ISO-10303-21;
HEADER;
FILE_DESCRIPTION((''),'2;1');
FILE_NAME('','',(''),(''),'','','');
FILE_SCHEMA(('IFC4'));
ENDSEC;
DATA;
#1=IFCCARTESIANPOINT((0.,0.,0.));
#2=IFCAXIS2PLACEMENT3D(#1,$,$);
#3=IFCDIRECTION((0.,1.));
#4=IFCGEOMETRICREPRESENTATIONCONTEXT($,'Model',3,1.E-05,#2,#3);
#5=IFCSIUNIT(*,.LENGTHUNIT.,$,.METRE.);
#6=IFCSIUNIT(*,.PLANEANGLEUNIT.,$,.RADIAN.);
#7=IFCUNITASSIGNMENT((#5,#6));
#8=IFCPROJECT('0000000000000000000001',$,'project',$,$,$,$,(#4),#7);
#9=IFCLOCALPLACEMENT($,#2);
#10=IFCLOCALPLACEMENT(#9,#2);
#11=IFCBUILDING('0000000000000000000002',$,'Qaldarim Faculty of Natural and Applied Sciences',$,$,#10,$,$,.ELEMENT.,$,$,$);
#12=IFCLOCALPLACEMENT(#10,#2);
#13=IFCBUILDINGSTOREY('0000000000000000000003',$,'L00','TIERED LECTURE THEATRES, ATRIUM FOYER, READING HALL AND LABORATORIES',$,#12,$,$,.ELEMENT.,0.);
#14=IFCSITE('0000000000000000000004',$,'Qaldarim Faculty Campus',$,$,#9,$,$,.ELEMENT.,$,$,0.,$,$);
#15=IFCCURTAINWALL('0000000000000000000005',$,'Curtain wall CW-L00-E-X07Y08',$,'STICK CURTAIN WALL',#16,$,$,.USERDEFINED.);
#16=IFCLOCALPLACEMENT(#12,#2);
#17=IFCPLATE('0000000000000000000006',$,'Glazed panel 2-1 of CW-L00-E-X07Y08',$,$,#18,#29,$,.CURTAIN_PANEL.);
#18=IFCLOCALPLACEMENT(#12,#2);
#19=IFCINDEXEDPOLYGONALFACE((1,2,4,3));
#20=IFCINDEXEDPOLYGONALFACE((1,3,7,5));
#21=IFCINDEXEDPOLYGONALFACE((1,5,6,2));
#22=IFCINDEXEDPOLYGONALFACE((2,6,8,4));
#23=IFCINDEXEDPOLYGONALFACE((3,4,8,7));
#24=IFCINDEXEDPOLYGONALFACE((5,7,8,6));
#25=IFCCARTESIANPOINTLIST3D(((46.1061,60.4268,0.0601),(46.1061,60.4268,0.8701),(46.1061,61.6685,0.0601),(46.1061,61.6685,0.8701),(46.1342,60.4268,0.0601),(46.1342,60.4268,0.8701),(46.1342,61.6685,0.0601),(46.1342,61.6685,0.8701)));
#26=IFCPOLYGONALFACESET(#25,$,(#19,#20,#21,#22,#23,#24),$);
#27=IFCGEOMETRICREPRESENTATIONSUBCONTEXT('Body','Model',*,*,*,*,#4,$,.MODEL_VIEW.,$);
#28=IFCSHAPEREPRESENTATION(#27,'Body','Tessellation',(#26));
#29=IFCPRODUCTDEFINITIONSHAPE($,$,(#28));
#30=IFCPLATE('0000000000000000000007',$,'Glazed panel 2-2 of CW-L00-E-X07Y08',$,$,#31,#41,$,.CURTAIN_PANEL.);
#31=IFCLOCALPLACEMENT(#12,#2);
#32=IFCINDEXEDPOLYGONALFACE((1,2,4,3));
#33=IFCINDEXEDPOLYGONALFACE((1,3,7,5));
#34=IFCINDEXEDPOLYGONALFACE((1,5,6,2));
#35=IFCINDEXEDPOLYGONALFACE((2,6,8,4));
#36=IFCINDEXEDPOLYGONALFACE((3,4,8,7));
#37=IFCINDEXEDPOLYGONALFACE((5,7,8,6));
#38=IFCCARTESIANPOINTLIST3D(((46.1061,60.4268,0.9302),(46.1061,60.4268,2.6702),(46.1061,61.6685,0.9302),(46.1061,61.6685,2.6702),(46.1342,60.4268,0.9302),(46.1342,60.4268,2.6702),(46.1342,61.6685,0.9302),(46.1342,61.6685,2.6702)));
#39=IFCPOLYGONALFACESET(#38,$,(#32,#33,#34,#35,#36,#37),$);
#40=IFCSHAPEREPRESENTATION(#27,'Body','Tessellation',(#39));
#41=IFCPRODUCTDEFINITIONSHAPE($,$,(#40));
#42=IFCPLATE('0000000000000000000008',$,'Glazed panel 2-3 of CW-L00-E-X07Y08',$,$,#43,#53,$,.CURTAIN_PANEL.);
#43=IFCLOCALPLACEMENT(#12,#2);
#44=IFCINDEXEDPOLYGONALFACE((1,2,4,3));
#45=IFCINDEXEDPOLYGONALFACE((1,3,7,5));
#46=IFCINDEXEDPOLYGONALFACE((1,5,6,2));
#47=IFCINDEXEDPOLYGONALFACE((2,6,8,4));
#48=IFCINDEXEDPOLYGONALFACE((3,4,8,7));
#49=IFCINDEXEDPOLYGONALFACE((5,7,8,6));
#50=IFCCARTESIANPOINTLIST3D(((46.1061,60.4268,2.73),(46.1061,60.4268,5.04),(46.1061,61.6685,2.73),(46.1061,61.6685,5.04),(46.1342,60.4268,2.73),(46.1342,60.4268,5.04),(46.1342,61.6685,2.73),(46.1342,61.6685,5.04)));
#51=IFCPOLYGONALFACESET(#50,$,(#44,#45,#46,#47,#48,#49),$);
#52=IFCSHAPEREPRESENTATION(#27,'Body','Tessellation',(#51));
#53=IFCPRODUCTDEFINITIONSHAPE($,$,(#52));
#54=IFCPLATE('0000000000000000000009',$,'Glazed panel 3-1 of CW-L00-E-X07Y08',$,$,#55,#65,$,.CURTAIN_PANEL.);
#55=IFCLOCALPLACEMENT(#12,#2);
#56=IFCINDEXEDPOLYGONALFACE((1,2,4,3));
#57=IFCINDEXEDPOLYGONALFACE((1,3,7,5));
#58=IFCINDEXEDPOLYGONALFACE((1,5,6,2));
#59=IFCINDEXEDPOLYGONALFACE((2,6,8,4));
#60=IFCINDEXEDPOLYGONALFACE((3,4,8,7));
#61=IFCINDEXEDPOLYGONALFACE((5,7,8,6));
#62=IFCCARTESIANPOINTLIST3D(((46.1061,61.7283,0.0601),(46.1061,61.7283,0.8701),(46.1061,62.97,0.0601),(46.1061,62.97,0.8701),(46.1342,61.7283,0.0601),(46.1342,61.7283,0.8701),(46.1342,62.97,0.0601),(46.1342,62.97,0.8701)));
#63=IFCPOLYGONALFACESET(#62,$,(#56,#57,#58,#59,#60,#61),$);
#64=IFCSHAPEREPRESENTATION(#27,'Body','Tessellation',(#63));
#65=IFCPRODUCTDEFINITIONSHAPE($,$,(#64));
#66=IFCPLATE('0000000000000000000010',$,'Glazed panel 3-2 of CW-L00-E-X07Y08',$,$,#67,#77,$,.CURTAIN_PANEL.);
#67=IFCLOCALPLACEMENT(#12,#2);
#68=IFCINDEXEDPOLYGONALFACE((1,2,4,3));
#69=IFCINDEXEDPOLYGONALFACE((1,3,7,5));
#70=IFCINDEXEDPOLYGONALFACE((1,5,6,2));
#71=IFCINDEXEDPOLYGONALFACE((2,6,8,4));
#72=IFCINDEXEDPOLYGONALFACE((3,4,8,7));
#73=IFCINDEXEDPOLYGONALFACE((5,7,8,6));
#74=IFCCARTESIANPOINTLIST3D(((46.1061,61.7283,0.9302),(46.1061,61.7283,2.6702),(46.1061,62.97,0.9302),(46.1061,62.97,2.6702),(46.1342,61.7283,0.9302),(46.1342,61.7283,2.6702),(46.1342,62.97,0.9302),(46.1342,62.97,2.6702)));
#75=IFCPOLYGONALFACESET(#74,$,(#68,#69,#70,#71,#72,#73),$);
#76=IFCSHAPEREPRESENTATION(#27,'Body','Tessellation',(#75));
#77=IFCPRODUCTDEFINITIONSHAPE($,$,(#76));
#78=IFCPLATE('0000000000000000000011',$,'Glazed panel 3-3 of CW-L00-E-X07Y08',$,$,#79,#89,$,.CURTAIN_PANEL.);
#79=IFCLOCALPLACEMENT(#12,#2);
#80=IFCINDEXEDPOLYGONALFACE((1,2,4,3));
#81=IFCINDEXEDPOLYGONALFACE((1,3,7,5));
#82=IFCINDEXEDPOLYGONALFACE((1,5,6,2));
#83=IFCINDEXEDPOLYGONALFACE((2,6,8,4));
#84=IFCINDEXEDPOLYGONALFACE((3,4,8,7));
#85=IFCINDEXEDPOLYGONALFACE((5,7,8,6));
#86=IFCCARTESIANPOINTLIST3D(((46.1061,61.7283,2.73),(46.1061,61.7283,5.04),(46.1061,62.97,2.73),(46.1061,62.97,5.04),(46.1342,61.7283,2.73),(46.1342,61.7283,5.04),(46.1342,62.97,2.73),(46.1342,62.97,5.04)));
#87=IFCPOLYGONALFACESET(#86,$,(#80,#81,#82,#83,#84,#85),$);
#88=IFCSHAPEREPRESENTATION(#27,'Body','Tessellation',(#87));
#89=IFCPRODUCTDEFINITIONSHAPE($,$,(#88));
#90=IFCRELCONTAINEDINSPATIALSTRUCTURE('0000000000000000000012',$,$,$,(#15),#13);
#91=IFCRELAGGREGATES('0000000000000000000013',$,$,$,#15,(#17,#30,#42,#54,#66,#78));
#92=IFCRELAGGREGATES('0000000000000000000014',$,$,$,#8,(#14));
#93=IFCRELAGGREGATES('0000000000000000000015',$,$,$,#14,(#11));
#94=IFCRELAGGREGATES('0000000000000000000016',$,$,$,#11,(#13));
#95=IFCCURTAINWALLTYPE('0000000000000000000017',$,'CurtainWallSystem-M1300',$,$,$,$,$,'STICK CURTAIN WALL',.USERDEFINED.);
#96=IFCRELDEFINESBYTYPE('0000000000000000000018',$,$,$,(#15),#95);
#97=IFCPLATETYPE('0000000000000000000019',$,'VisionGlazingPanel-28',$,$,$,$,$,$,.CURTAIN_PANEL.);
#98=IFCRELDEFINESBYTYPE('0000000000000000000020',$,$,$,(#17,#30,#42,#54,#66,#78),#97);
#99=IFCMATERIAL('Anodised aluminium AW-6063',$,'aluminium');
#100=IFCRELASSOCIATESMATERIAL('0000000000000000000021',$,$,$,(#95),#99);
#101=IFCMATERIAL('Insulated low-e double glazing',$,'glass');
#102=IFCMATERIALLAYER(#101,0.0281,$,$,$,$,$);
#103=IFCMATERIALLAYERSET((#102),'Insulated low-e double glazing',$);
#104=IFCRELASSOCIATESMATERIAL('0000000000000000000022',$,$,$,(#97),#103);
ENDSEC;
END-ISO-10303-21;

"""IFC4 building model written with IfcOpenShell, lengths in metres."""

from ifc_helpers import new_model, si_unit, direction, frame, origin, origin_2d, place, context, subcontext, project, spatial, rectangle, extrude, material, layer, layer_set, type_object, element, aggregate, save


model = new_model("IFC4")

# Units and contexts
model_context = context("Model", 3, precision=1e-05, world=origin(), true_north=direction((0.0, 1.0)))
body_context = subcontext(model_context, "Body", "Model", "MODEL_VIEW")
ifc_project = project(units=[si_unit("LENGTHUNIT", "METRE"), si_unit("PLANEANGLEUNIT", "RADIAN")], contexts=[model_context])

# Site, building, storey
site_placement = place(None, origin())
site = spatial("IfcSite", under=ifc_project, at=site_placement, Name="Qaldarim Faculty Campus", CompositionType="ELEMENT", RefElevation=0.0)
building_placement = place(site_placement, origin())
building = spatial("IfcBuilding", under=site, at=building_placement, Name="Qaldarim Faculty of Natural and Applied Sciences", CompositionType="ELEMENT")
storey_placement = place(building_placement, origin())
storey = spatial("IfcBuildingStorey", under=building, at=storey_placement, Name="L00", Description="TIERED LECTURE THEATRES, ATRIUM FOYER, READING HALL AND LABORATORIES", CompositionType="ELEMENT", Elevation=0.0)

# Curtain wall
ifc_material_1 = material(Name="Anodised aluminium AW-6063", Category="aluminium")
curtain_wall_type = type_object("IfcCurtainWallType", Name="CurtainWallSystem-M1300", ElementType="STICK CURTAIN WALL", PredefinedType="USERDEFINED", material=ifc_material_1)
curtain_wall_placement = place(storey_placement, origin())
curtain_wall = element("IfcCurtainWall", 1, at=curtain_wall_placement, inside=storey, type_object=curtain_wall_type, Name="Curtain wall CW-L00-E-X07Y08", ObjectType="STICK CURTAIN WALL", PredefinedType="USERDEFINED")

# Plates
ifc_material_2 = material(Name="Insulated low-e double glazing", Category="glass")
ifc_layer = layer(ifc_material_2, 0.0281)
ifc_layer_set = layer_set([ifc_layer], Name="Insulated low-e double glazing")
plate_type = type_object("IfcPlateType", Name="VisionGlazingPanel-28", PredefinedType="CURTAIN_PANEL", material=ifc_layer_set)
plate_1_placement = place(storey_placement, frame((46.1201, 61.0476, 0.0601), z_axis=(0.0, 0.0, 1.0), x_axis=(0.0, 1.0, 0.0)))
plate_1 = element("IfcPlate", 2, at=plate_1_placement, type_object=plate_type, Name="Glazed panel 2-1 of CW-L00-E-X07Y08", PredefinedType="CURTAIN_PANEL", context=body_context, shape_type="SweptSolid", body=[
    extrude(rectangle(XDim=1.2417, YDim=0.0281, at=origin_2d()), origin(), (0.0, 0.0, 1.0), 0.8101),
])
plate_2_placement = place(storey_placement, frame((46.1201, 61.0476, 0.9302), z_axis=(0.0, 0.0, 1.0), x_axis=(0.0, 1.0, 0.0)))
plate_2 = element("IfcPlate", 3, at=plate_2_placement, type_object=plate_type, Name="Glazed panel 2-2 of CW-L00-E-X07Y08", PredefinedType="CURTAIN_PANEL", context=body_context, shape_type="SweptSolid", body=[
    extrude(rectangle(XDim=1.2417, YDim=0.0281, at=origin_2d()), origin(), (0.0, 0.0, 1.0), 1.74),
])
plate_3_placement = place(storey_placement, frame((46.1201, 61.0476, 2.73), z_axis=(0.0, 0.0, 1.0), x_axis=(0.0, 1.0, 0.0)))
plate_3 = element("IfcPlate", 4, at=plate_3_placement, type_object=plate_type, Name="Glazed panel 2-3 of CW-L00-E-X07Y08", PredefinedType="CURTAIN_PANEL", context=body_context, shape_type="SweptSolid", body=[
    extrude(rectangle(XDim=1.2417, YDim=0.0281, at=origin_2d()), origin(), (0.0, 0.0, 1.0), 2.3101),
])
plate_4_placement = place(storey_placement, frame((46.1201, 62.3491, 0.0601), z_axis=(0.0, 0.0, 1.0), x_axis=(0.0, 1.0, 0.0)))
plate_4 = element("IfcPlate", 5, at=plate_4_placement, type_object=plate_type, Name="Glazed panel 3-1 of CW-L00-E-X07Y08", PredefinedType="CURTAIN_PANEL", context=body_context, shape_type="SweptSolid", body=[
    extrude(rectangle(XDim=1.2417, YDim=0.0281, at=origin_2d()), origin(), (0.0, 0.0, 1.0), 0.8101),
])
plate_5_placement = place(storey_placement, frame((46.1201, 62.3491, 0.9302), z_axis=(0.0, 0.0, 1.0), x_axis=(0.0, 1.0, 0.0)))
plate_5 = element("IfcPlate", 6, at=plate_5_placement, type_object=plate_type, Name="Glazed panel 3-2 of CW-L00-E-X07Y08", PredefinedType="CURTAIN_PANEL", context=body_context, shape_type="SweptSolid", body=[
    extrude(rectangle(XDim=1.2417, YDim=0.0281, at=origin_2d()), origin(), (0.0, 0.0, 1.0), 1.74),
])
plate_6_placement = place(storey_placement, frame((46.1201, 62.3491, 2.73), z_axis=(0.0, 0.0, 1.0), x_axis=(0.0, 1.0, 0.0)))
plate_6 = element("IfcPlate", 7, at=plate_6_placement, type_object=plate_type, Name="Glazed panel 3-3 of CW-L00-E-X07Y08", PredefinedType="CURTAIN_PANEL", context=body_context, shape_type="SweptSolid", body=[
    extrude(rectangle(XDim=1.2417, YDim=0.0281, at=origin_2d()), origin(), (0.0, 0.0, 1.0), 2.3101),
])
aggregate(curtain_wall, [plate_1, plate_2, plate_3, plate_4, plate_5, plate_6])

save(model, "model.ifc")
